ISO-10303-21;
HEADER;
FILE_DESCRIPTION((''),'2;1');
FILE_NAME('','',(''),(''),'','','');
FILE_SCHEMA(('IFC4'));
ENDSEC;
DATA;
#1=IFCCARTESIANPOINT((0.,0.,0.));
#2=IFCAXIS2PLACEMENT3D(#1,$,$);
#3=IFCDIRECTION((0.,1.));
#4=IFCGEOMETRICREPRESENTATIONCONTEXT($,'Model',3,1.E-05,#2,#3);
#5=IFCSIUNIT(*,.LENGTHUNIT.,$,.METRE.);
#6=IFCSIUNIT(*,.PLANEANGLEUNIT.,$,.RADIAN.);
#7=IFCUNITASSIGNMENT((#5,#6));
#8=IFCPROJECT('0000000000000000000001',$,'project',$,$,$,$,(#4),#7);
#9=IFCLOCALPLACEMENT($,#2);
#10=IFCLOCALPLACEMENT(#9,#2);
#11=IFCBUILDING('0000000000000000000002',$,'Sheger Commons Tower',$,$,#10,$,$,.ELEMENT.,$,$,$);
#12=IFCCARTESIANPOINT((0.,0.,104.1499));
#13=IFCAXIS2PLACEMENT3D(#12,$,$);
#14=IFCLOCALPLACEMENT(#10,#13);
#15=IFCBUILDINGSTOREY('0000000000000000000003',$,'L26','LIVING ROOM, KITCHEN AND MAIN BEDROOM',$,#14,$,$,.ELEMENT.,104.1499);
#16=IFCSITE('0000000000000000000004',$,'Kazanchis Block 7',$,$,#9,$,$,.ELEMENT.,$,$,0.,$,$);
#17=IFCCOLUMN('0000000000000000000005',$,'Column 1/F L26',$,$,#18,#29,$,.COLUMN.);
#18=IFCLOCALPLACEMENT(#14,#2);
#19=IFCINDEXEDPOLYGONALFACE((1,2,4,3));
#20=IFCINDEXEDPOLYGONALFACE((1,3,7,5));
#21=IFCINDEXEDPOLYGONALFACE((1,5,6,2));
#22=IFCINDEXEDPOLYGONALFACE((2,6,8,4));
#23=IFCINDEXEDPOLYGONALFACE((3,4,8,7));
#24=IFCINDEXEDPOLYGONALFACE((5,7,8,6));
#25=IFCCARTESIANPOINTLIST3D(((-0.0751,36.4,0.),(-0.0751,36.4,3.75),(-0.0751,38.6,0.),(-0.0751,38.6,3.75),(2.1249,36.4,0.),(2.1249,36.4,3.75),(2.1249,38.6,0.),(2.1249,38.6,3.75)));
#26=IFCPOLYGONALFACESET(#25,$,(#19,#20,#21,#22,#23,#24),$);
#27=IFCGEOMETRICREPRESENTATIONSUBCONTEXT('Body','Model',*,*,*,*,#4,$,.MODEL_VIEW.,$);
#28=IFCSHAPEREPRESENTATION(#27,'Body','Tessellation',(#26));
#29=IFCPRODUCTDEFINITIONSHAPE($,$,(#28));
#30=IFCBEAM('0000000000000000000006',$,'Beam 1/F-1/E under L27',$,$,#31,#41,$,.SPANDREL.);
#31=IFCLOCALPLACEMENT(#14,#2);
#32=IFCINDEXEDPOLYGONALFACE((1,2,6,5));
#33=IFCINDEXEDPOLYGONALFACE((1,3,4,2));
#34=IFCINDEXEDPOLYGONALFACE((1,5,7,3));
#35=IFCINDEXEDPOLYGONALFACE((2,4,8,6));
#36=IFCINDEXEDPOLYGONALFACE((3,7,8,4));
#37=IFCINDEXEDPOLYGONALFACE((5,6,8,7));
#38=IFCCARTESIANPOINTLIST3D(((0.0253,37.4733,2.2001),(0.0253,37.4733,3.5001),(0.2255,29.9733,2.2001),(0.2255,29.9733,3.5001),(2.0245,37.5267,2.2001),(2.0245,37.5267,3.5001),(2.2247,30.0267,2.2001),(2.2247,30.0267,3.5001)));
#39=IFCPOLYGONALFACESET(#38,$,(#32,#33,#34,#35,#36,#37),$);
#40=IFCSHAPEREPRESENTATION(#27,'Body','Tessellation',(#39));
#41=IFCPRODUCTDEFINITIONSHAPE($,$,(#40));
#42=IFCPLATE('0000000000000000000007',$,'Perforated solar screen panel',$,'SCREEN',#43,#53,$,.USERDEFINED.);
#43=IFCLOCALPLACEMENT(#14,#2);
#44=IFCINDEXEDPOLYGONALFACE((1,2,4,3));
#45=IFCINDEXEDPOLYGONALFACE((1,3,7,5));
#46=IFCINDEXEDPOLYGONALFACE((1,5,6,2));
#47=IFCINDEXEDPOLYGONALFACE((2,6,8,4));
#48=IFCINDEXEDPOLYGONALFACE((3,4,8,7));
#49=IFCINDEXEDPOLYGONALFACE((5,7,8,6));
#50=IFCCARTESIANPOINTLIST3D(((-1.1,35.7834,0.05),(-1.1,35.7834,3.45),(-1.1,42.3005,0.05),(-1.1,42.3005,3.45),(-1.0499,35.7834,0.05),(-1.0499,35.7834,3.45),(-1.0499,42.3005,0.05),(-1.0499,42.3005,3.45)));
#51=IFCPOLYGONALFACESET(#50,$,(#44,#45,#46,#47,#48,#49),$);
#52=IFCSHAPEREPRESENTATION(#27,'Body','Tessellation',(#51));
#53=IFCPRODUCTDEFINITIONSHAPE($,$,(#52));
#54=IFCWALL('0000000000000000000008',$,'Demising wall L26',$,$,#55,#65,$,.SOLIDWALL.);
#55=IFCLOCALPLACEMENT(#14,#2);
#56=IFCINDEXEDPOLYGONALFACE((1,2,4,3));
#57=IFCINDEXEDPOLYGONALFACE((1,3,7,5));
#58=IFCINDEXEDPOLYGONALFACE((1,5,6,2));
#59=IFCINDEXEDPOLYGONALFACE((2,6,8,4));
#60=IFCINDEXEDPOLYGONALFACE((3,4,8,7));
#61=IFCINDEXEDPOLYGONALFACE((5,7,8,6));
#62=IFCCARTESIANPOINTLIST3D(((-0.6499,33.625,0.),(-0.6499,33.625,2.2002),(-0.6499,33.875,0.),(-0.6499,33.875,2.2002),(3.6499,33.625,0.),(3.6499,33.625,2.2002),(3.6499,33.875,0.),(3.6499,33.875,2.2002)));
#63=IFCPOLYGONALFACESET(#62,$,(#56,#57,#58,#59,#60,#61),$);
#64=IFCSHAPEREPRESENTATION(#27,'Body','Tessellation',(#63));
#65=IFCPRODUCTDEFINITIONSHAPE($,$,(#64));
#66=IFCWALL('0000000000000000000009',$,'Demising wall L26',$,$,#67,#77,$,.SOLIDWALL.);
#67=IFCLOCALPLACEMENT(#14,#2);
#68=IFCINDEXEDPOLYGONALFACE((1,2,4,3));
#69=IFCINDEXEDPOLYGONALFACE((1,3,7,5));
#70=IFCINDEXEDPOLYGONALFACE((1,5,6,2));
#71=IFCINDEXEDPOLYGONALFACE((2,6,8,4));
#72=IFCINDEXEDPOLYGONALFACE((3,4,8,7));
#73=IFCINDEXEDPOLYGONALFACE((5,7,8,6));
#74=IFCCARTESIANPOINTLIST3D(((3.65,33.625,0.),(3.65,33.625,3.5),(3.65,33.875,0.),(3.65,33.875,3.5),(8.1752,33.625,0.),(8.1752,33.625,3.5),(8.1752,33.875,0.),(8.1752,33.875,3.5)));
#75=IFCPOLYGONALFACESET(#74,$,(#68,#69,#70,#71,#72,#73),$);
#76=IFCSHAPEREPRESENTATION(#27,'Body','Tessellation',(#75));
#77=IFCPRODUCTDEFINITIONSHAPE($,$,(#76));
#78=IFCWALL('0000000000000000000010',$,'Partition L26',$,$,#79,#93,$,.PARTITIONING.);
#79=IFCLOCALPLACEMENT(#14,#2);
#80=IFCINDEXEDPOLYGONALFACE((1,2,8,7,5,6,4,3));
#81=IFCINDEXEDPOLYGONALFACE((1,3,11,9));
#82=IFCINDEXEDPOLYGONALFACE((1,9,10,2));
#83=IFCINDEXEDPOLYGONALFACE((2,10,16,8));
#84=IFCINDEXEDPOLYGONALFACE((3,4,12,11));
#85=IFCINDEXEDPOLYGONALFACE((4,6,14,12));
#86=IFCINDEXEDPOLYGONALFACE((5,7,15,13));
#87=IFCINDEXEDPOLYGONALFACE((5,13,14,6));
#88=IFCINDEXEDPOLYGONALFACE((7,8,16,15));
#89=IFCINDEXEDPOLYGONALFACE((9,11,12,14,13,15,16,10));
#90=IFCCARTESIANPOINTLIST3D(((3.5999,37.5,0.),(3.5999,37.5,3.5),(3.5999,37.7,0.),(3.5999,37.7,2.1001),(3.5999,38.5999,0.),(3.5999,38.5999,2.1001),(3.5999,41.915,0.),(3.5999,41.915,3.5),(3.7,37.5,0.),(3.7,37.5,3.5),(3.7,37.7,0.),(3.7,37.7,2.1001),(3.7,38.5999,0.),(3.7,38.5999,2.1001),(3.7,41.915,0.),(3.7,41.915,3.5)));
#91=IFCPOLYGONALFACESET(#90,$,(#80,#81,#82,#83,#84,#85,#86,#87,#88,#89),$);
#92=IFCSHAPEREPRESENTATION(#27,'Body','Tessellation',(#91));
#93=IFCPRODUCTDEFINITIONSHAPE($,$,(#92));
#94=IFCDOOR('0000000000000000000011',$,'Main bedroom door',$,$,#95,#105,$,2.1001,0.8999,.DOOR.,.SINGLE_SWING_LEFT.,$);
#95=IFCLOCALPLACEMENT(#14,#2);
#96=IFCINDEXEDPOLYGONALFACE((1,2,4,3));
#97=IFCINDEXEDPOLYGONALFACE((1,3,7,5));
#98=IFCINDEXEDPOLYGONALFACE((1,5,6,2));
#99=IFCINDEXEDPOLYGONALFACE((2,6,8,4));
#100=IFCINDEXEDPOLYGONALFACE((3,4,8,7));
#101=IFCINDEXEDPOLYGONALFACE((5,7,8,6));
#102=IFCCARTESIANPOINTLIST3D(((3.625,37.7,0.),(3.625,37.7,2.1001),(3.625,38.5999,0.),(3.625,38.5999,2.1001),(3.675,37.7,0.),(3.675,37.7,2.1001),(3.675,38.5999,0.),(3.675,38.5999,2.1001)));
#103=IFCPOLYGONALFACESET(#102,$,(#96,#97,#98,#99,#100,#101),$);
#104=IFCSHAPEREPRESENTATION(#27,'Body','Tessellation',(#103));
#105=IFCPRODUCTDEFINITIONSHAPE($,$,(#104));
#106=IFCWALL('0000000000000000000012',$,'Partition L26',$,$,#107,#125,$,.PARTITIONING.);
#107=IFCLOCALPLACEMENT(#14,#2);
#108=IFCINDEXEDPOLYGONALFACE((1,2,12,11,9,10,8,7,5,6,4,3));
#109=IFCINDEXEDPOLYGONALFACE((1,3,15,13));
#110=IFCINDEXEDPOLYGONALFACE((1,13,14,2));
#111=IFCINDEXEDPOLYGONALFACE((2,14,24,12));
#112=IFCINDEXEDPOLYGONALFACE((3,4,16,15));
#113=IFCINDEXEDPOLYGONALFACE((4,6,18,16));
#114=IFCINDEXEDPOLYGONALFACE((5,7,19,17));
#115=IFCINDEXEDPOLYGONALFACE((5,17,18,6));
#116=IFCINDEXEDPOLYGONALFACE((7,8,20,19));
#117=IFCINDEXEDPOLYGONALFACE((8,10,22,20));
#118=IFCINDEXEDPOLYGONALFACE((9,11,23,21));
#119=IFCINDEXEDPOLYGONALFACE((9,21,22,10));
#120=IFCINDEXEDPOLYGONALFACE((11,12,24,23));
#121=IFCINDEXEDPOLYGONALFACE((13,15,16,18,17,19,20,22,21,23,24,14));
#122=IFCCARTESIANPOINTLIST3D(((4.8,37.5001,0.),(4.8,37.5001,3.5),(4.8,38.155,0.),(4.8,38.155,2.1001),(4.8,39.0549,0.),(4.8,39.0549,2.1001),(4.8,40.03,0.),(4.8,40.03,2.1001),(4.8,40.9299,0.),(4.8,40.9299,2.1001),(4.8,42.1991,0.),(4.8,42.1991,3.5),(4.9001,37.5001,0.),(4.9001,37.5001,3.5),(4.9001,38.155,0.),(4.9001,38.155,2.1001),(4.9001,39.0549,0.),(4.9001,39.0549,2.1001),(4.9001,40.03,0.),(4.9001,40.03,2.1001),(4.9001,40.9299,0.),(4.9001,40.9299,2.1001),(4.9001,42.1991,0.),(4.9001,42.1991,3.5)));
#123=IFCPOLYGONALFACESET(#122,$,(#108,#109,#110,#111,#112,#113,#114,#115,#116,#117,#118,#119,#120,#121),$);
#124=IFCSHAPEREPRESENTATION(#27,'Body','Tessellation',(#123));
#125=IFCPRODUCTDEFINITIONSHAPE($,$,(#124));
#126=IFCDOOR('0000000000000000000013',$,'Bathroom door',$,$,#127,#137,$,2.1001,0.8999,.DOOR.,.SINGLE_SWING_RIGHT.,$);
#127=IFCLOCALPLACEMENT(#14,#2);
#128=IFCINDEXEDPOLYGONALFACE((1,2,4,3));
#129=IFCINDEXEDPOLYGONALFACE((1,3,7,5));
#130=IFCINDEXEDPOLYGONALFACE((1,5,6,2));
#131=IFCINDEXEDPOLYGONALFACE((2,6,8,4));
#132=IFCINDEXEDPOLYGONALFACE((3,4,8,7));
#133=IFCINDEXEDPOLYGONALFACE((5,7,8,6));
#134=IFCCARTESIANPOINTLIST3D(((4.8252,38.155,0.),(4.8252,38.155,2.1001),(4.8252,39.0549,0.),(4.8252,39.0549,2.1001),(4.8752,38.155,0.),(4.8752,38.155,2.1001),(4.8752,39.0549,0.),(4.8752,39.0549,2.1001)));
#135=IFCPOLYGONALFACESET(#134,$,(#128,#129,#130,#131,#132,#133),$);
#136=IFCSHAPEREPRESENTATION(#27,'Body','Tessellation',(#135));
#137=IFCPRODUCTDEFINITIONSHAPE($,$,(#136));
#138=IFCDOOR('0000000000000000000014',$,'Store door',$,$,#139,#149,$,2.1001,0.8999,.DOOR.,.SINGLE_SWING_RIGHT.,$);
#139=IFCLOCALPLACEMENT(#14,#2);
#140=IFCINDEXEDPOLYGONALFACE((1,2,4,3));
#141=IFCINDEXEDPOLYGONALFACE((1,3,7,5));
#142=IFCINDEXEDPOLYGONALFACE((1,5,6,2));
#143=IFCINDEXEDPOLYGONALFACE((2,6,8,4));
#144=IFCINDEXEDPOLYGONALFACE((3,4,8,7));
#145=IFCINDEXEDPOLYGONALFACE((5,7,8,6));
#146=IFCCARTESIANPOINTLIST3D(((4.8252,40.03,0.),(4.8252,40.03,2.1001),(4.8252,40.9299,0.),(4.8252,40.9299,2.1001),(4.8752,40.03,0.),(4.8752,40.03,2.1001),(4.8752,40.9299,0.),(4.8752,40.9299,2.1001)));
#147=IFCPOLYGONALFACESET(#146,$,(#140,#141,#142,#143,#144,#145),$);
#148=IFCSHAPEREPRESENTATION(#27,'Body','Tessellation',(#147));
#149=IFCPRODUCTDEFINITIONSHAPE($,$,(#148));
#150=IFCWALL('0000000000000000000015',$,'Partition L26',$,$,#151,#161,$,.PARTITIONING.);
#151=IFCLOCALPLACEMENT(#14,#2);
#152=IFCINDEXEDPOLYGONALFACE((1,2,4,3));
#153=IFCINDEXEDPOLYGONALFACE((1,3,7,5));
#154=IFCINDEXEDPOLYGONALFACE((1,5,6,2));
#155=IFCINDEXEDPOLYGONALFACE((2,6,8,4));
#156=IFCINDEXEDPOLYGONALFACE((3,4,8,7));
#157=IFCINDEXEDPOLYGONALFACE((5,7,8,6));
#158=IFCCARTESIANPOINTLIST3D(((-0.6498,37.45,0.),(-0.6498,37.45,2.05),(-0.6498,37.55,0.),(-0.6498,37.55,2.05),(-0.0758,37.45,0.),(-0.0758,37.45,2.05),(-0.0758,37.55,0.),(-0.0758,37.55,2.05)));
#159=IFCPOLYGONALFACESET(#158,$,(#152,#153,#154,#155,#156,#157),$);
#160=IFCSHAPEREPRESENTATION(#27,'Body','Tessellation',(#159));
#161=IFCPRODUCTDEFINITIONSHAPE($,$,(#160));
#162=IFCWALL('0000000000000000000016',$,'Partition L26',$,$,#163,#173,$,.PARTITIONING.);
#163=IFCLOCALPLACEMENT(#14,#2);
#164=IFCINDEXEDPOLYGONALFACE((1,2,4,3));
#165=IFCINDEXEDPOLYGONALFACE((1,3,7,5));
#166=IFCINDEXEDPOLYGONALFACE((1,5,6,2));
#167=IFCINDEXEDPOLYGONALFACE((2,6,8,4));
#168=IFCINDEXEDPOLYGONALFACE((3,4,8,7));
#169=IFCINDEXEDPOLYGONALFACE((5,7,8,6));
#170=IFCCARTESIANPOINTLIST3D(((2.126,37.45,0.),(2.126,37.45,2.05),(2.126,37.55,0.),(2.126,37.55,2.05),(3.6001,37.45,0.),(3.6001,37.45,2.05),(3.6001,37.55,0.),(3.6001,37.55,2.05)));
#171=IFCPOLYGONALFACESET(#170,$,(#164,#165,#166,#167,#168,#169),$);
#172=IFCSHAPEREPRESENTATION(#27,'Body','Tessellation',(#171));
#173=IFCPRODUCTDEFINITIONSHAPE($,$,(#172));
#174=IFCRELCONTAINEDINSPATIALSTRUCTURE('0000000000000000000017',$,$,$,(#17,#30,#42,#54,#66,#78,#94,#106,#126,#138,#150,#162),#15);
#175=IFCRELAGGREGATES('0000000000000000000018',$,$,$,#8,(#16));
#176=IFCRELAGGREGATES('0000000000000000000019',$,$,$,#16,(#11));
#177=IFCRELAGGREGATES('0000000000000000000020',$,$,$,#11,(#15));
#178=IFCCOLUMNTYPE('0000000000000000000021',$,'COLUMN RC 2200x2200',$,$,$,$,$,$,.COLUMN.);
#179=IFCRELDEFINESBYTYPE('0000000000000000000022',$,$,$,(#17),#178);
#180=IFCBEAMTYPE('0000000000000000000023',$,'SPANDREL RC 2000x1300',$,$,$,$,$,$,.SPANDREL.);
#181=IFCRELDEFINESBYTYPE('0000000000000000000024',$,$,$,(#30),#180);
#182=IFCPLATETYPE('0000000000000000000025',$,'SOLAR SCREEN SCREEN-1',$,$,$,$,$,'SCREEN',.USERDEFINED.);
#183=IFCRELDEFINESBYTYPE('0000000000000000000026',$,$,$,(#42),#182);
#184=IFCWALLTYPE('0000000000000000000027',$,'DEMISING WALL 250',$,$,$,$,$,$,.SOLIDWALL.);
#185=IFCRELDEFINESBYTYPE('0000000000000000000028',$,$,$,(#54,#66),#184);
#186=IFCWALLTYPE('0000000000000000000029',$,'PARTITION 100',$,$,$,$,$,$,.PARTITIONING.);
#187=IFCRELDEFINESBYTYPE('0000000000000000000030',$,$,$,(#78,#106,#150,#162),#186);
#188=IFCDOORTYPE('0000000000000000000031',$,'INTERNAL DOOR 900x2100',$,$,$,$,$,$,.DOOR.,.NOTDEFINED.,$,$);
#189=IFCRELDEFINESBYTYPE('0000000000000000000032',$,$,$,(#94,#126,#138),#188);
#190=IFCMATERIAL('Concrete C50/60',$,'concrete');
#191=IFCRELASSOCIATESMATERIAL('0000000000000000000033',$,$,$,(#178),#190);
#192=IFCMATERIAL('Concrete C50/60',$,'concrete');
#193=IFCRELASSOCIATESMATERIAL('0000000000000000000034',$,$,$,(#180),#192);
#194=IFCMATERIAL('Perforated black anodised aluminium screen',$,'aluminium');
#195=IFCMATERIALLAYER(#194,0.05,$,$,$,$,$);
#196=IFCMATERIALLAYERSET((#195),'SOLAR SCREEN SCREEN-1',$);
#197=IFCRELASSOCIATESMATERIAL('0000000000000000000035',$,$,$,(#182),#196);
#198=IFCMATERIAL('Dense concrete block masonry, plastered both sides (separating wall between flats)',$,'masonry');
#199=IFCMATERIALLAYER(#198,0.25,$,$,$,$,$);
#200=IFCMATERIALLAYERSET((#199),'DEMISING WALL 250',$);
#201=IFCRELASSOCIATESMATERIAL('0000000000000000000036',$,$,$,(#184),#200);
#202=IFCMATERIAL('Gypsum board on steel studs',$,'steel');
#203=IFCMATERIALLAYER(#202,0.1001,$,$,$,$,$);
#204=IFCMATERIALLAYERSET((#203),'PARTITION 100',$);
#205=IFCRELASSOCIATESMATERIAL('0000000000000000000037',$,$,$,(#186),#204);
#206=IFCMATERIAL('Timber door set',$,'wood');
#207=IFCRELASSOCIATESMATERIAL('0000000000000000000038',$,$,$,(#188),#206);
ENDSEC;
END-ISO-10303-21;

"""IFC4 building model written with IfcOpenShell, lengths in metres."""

from ifc_helpers import new_model, si_unit, direction, frame, frame_2d, origin, origin_2d, place, context, subcontext, project, spatial, rectangle, extrude, material, layer, layer_set, material_profile, profile_set, type_object, element, fill, save


model = new_model("IFC4")

# Units and contexts
model_context = context("Model", 3, precision=1e-05, world=origin(), true_north=direction((0.0, 1.0)))
body_context = subcontext(model_context, "Body", "Model", "MODEL_VIEW")
ifc_project = project(units=[si_unit("LENGTHUNIT", "METRE"), si_unit("PLANEANGLEUNIT", "RADIAN")], contexts=[model_context])

# Site, building, storey
site_placement = place(None, origin())
site = spatial("IfcSite", under=ifc_project, at=site_placement, Name="Kazanchis Block 7", CompositionType="ELEMENT", RefElevation=0.0)
building_placement = place(site_placement, origin())
building = spatial("IfcBuilding", under=site, at=building_placement, Name="Sheger Commons Tower", CompositionType="ELEMENT")
storey_placement = place(building_placement, frame((0.0, 0.0, 104.1499)))
storey = spatial("IfcBuildingStorey", under=building, at=storey_placement, Name="L26", Description="LIVING ROOM, KITCHEN AND MAIN BEDROOM", CompositionType="ELEMENT", Elevation=104.1499)

# Column
ifc_material_1 = material(Name="Concrete C50/60", Category="concrete")
ifc_material_profile_1 = material_profile(ifc_material_1, rectangle(XDim=2.2, YDim=2.2, at=origin_2d()), Name="RC 2200x2200")
ifc_profile_set_1 = profile_set([ifc_material_profile_1], Name="Concrete C50/60")
column_type = type_object("IfcColumnType", Name="COLUMN RC 2200x2200", PredefinedType="COLUMN", material=ifc_profile_set_1)
column_placement = place(storey_placement, frame((1.0249, 37.5, 0.0), z_axis=(0.0, 0.0, 1.0), x_axis=(1.0, 0.0, 0.0)))
element("IfcColumn", 1, at=column_placement, inside=storey, type_object=column_type, Name="Column 1/F L26", PredefinedType="COLUMN", context=body_context, shape_type="SweptSolid", body=[
    extrude(rectangle(XDim=2.2, YDim=2.2, at=origin_2d()), origin(), (0.0, 0.0, 1.0), 3.75),
])

# Beam
ifc_material_2 = material(Name="Concrete C50/60", Category="concrete")
ifc_material_profile_2 = material_profile(ifc_material_2, rectangle(XDim=2.0, YDim=1.3, at=origin_2d()), Name="RC 2000x1300")
ifc_profile_set_2 = profile_set([ifc_material_profile_2], Name="Concrete C50/60")
beam_type = type_object("IfcBeamType", Name="SPANDREL RC 2000x1300", PredefinedType="SPANDREL", material=ifc_profile_set_2)
beam_placement = place(storey_placement, frame((1.0249, 37.5, 2.8501), z_axis=(0.026683, -0.999644, 0.0), x_axis=(0.999644, 0.026683, 0.0)))
element("IfcBeam", 2, at=beam_placement, inside=storey, type_object=beam_type, Name="Beam 1/F-1/E under L27", PredefinedType="SPANDREL", context=body_context, shape_type="SweptSolid", body=[
    extrude(rectangle(XDim=2.0, YDim=1.3, at=origin_2d()), origin(), (0.0, 0.0, 1.0), 7.5027),
])

# Plate
ifc_material_3 = material(Name="Perforated black anodised aluminium screen", Category="aluminium")
ifc_layer_1 = layer(ifc_material_3, 0.05)
ifc_layer_set_1 = layer_set([ifc_layer_1], Name="SOLAR SCREEN SCREEN-1")
plate_type = type_object("IfcPlateType", Name="SOLAR SCREEN SCREEN-1", ElementType="SCREEN", PredefinedType="USERDEFINED", material=ifc_layer_set_1)
plate_placement = place(storey_placement, frame((-1.075, 39.042, 0.05), z_axis=(0.0, 0.0, 1.0), x_axis=(0.0, -1.0, 0.0)))
element("IfcPlate", 3, at=plate_placement, inside=storey, type_object=plate_type, Name="Perforated solar screen panel", ObjectType="SCREEN", PredefinedType="USERDEFINED", context=body_context, shape_type="SweptSolid", body=[
    extrude(rectangle(XDim=6.5171, YDim=0.05, at=origin_2d()), origin(), (0.0, 0.0, 1.0), 3.3999),
])

# Walls
ifc_material_4 = material(Name="Dense concrete block masonry, plastered both sides (separating wall between flats)", Category="masonry")
ifc_layer_2 = layer(ifc_material_4, 0.25)
ifc_layer_set_2 = layer_set([ifc_layer_2], Name="DEMISING WALL 250")
wall_type_1 = type_object("IfcWallType", Name="DEMISING WALL 250", PredefinedType="SOLIDWALL", material=ifc_layer_set_2)
wall_1_placement = place(storey_placement, frame((-0.6499, 33.75, 0.0), z_axis=(0.0, 0.0, 1.0), x_axis=(1.0, 0.0, 0.0)))
element("IfcWall", 4, at=wall_1_placement, inside=storey, type_object=wall_type_1, Name="Demising wall L26", PredefinedType="SOLIDWALL", context=body_context, shape_type="SweptSolid", body=[
    extrude(rectangle(XDim=4.2998, YDim=0.25, at=frame_2d((2.1499, 0.0))), origin(), (0.0, 0.0, 1.0), 2.2002),
])
wall_2_placement = place(storey_placement, frame((3.6499, 33.75, 0.0), z_axis=(0.0, 0.0, 1.0), x_axis=(1.0, 0.0, 0.0)))
element("IfcWall", 5, at=wall_2_placement, inside=storey, type_object=wall_type_1, Name="Demising wall L26", PredefinedType="SOLIDWALL", context=body_context, shape_type="SweptSolid", body=[
    extrude(rectangle(XDim=4.5251, YDim=0.25, at=frame_2d((2.2627, 0.0))), origin(), (0.0, 0.0, 1.0), 3.5),
])

# Wall, opening, door
ifc_material_5 = material(Name="Gypsum board on steel studs", Category="steel")
ifc_layer_3 = layer(ifc_material_5, 0.1001)
ifc_layer_set_3 = layer_set([ifc_layer_3], Name="PARTITION 100")
wall_type_2 = type_object("IfcWallType", Name="PARTITION 100", PredefinedType="PARTITIONING", material=ifc_layer_set_3)
wall_3_placement = place(storey_placement, frame((3.6499, 37.5, 0.0), z_axis=(0.0, 0.0, 1.0), x_axis=(0.0, 1.0, 0.0)))
wall_3 = element("IfcWall", 6, at=wall_3_placement, inside=storey, type_object=wall_type_2, Name="Partition L26", PredefinedType="PARTITIONING", context=body_context, shape_type="SweptSolid", body=[
    extrude(rectangle(XDim=4.415, YDim=0.1001, at=frame_2d((2.2075, 0.0))), origin(), (0.0, 0.0, 1.0), 3.5),
])
opening_1_placement = place(wall_3_placement, frame((0.2, 0.0, 0.0)))
opening_1 = element("IfcOpeningElement", 7, at=opening_1_placement, cuts=wall_3, PredefinedType="OPENING", context=body_context, shape_type="SweptSolid", body=[
    extrude(rectangle(XDim=0.8999, YDim=2.1001, at=frame_2d((0.45, 1.05))), frame((0.0, 0.0601, 0.0), z_axis=(0.0, -1.0, 0.0), x_axis=(1.0, 0.0, 0.0)), (0.0, 0.0, 1.0), 0.1201),
])
ifc_material_6 = material(Name="Timber door set", Category="wood")
door_type = type_object("IfcDoorType", Name="INTERNAL DOOR 900x2100", OperationType="NOTDEFINED", PredefinedType="DOOR", material=ifc_material_6)
door_1_placement = place(opening_1_placement, origin())
door_1 = element("IfcDoor", 8, at=door_1_placement, inside=storey, type_object=door_type, Name="Main bedroom door", OperationType="SINGLE_SWING_LEFT", OverallHeight=2.1001, OverallWidth=0.8999, PredefinedType="DOOR", context=body_context, shape_type="SweptSolid", body=[
    extrude(rectangle(XDim=0.8999, YDim=2.1001, at=frame_2d((0.45, 1.05))), frame((0.0, 0.0249, 0.0), z_axis=(0.0, -1.0, 0.0), x_axis=(1.0, 0.0, 0.0)), (0.0, 0.0, 1.0), 0.05),
])
fill(opening_1, door_1)

# Wall, openings, doors
wall_4_placement = place(storey_placement, frame((4.8501, 37.5, 0.0), z_axis=(0.0, 0.0, 1.0), x_axis=(0.0, 1.0, 0.0)))
wall_4 = element("IfcWall", 9, at=wall_4_placement, inside=storey, type_object=wall_type_2, Name="Partition L26", PredefinedType="PARTITIONING", context=body_context, shape_type="SweptSolid", body=[
    extrude(rectangle(XDim=4.699, YDim=0.1001, at=frame_2d((2.3496, 0.0))), origin(), (0.0, 0.0, 1.0), 3.5),
])
opening_2_placement = place(wall_4_placement, frame((0.655, 0.0, 0.0)))
opening_2 = element("IfcOpeningElement", 10, at=opening_2_placement, cuts=wall_4, PredefinedType="OPENING", context=body_context, shape_type="SweptSolid", body=[
    extrude(rectangle(XDim=0.8999, YDim=2.1001, at=frame_2d((0.45, 1.05))), frame((0.0, 0.0601, 0.0), z_axis=(0.0, -1.0, 0.0), x_axis=(1.0, 0.0, 0.0)), (0.0, 0.0, 1.0), 0.1201),
])
opening_3_placement = place(wall_4_placement, frame((2.53, 0.0, 0.0)))
opening_3 = element("IfcOpeningElement", 11, at=opening_3_placement, cuts=wall_4, PredefinedType="OPENING", context=body_context, shape_type="SweptSolid", body=[
    extrude(rectangle(XDim=0.8999, YDim=2.1001, at=frame_2d((0.45, 1.05))), frame((0.0, 0.0601, 0.0), z_axis=(0.0, -1.0, 0.0), x_axis=(1.0, 0.0, 0.0)), (0.0, 0.0, 1.0), 0.1201),
])
door_2_placement = place(opening_2_placement, origin())
door_2 = element("IfcDoor", 12, at=door_2_placement, inside=storey, type_object=door_type, Name="Bathroom door", OperationType="SINGLE_SWING_RIGHT", OverallHeight=2.1001, OverallWidth=0.8999, PredefinedType="DOOR", context=body_context, shape_type="SweptSolid", body=[
    extrude(rectangle(XDim=0.8999, YDim=2.1001, at=frame_2d((0.45, 1.05))), frame((0.0, 0.0249, 0.0), z_axis=(0.0, -1.0, 0.0), x_axis=(1.0, 0.0, 0.0)), (0.0, 0.0, 1.0), 0.05),
])
fill(opening_2, door_2)
door_3_placement = place(opening_3_placement, origin())
door_3 = element("IfcDoor", 13, at=door_3_placement, inside=storey, type_object=door_type, Name="Store door", OperationType="SINGLE_SWING_RIGHT", OverallHeight=2.1001, OverallWidth=0.8999, PredefinedType="DOOR", context=body_context, shape_type="SweptSolid", body=[
    extrude(rectangle(XDim=0.8999, YDim=2.1001, at=frame_2d((0.45, 1.05))), frame((0.0, 0.0249, 0.0), z_axis=(0.0, -1.0, 0.0), x_axis=(1.0, 0.0, 0.0)), (0.0, 0.0, 1.0), 0.05),
])
fill(opening_3, door_3)

# Walls
wall_5_placement = place(storey_placement, frame((-0.6499, 37.5, 0.0), z_axis=(0.0, 0.0, 1.0), x_axis=(1.0, 0.0, 0.0)))
element("IfcWall", 14, at=wall_5_placement, inside=storey, type_object=wall_type_2, Name="Partition L26", PredefinedType="PARTITIONING", context=body_context, shape_type="SweptSolid", body=[
    extrude(rectangle(XDim=0.574, YDim=0.1001, at=frame_2d((0.2871, 0.0))), origin(), (0.0, 0.0, 1.0), 2.05),
])
wall_6_placement = place(storey_placement, frame((2.126, 37.5, 0.0), z_axis=(0.0, 0.0, 1.0), x_axis=(1.0, 0.0, 0.0)))
element("IfcWall", 15, at=wall_6_placement, inside=storey, type_object=wall_type_2, Name="Partition L26", PredefinedType="PARTITIONING", context=body_context, shape_type="SweptSolid", body=[
    extrude(rectangle(XDim=1.4741, YDim=0.1001, at=frame_2d((0.7371, 0.0))), origin(), (0.0, 0.0, 1.0), 2.05),
])

save(model, "model.ifc")
